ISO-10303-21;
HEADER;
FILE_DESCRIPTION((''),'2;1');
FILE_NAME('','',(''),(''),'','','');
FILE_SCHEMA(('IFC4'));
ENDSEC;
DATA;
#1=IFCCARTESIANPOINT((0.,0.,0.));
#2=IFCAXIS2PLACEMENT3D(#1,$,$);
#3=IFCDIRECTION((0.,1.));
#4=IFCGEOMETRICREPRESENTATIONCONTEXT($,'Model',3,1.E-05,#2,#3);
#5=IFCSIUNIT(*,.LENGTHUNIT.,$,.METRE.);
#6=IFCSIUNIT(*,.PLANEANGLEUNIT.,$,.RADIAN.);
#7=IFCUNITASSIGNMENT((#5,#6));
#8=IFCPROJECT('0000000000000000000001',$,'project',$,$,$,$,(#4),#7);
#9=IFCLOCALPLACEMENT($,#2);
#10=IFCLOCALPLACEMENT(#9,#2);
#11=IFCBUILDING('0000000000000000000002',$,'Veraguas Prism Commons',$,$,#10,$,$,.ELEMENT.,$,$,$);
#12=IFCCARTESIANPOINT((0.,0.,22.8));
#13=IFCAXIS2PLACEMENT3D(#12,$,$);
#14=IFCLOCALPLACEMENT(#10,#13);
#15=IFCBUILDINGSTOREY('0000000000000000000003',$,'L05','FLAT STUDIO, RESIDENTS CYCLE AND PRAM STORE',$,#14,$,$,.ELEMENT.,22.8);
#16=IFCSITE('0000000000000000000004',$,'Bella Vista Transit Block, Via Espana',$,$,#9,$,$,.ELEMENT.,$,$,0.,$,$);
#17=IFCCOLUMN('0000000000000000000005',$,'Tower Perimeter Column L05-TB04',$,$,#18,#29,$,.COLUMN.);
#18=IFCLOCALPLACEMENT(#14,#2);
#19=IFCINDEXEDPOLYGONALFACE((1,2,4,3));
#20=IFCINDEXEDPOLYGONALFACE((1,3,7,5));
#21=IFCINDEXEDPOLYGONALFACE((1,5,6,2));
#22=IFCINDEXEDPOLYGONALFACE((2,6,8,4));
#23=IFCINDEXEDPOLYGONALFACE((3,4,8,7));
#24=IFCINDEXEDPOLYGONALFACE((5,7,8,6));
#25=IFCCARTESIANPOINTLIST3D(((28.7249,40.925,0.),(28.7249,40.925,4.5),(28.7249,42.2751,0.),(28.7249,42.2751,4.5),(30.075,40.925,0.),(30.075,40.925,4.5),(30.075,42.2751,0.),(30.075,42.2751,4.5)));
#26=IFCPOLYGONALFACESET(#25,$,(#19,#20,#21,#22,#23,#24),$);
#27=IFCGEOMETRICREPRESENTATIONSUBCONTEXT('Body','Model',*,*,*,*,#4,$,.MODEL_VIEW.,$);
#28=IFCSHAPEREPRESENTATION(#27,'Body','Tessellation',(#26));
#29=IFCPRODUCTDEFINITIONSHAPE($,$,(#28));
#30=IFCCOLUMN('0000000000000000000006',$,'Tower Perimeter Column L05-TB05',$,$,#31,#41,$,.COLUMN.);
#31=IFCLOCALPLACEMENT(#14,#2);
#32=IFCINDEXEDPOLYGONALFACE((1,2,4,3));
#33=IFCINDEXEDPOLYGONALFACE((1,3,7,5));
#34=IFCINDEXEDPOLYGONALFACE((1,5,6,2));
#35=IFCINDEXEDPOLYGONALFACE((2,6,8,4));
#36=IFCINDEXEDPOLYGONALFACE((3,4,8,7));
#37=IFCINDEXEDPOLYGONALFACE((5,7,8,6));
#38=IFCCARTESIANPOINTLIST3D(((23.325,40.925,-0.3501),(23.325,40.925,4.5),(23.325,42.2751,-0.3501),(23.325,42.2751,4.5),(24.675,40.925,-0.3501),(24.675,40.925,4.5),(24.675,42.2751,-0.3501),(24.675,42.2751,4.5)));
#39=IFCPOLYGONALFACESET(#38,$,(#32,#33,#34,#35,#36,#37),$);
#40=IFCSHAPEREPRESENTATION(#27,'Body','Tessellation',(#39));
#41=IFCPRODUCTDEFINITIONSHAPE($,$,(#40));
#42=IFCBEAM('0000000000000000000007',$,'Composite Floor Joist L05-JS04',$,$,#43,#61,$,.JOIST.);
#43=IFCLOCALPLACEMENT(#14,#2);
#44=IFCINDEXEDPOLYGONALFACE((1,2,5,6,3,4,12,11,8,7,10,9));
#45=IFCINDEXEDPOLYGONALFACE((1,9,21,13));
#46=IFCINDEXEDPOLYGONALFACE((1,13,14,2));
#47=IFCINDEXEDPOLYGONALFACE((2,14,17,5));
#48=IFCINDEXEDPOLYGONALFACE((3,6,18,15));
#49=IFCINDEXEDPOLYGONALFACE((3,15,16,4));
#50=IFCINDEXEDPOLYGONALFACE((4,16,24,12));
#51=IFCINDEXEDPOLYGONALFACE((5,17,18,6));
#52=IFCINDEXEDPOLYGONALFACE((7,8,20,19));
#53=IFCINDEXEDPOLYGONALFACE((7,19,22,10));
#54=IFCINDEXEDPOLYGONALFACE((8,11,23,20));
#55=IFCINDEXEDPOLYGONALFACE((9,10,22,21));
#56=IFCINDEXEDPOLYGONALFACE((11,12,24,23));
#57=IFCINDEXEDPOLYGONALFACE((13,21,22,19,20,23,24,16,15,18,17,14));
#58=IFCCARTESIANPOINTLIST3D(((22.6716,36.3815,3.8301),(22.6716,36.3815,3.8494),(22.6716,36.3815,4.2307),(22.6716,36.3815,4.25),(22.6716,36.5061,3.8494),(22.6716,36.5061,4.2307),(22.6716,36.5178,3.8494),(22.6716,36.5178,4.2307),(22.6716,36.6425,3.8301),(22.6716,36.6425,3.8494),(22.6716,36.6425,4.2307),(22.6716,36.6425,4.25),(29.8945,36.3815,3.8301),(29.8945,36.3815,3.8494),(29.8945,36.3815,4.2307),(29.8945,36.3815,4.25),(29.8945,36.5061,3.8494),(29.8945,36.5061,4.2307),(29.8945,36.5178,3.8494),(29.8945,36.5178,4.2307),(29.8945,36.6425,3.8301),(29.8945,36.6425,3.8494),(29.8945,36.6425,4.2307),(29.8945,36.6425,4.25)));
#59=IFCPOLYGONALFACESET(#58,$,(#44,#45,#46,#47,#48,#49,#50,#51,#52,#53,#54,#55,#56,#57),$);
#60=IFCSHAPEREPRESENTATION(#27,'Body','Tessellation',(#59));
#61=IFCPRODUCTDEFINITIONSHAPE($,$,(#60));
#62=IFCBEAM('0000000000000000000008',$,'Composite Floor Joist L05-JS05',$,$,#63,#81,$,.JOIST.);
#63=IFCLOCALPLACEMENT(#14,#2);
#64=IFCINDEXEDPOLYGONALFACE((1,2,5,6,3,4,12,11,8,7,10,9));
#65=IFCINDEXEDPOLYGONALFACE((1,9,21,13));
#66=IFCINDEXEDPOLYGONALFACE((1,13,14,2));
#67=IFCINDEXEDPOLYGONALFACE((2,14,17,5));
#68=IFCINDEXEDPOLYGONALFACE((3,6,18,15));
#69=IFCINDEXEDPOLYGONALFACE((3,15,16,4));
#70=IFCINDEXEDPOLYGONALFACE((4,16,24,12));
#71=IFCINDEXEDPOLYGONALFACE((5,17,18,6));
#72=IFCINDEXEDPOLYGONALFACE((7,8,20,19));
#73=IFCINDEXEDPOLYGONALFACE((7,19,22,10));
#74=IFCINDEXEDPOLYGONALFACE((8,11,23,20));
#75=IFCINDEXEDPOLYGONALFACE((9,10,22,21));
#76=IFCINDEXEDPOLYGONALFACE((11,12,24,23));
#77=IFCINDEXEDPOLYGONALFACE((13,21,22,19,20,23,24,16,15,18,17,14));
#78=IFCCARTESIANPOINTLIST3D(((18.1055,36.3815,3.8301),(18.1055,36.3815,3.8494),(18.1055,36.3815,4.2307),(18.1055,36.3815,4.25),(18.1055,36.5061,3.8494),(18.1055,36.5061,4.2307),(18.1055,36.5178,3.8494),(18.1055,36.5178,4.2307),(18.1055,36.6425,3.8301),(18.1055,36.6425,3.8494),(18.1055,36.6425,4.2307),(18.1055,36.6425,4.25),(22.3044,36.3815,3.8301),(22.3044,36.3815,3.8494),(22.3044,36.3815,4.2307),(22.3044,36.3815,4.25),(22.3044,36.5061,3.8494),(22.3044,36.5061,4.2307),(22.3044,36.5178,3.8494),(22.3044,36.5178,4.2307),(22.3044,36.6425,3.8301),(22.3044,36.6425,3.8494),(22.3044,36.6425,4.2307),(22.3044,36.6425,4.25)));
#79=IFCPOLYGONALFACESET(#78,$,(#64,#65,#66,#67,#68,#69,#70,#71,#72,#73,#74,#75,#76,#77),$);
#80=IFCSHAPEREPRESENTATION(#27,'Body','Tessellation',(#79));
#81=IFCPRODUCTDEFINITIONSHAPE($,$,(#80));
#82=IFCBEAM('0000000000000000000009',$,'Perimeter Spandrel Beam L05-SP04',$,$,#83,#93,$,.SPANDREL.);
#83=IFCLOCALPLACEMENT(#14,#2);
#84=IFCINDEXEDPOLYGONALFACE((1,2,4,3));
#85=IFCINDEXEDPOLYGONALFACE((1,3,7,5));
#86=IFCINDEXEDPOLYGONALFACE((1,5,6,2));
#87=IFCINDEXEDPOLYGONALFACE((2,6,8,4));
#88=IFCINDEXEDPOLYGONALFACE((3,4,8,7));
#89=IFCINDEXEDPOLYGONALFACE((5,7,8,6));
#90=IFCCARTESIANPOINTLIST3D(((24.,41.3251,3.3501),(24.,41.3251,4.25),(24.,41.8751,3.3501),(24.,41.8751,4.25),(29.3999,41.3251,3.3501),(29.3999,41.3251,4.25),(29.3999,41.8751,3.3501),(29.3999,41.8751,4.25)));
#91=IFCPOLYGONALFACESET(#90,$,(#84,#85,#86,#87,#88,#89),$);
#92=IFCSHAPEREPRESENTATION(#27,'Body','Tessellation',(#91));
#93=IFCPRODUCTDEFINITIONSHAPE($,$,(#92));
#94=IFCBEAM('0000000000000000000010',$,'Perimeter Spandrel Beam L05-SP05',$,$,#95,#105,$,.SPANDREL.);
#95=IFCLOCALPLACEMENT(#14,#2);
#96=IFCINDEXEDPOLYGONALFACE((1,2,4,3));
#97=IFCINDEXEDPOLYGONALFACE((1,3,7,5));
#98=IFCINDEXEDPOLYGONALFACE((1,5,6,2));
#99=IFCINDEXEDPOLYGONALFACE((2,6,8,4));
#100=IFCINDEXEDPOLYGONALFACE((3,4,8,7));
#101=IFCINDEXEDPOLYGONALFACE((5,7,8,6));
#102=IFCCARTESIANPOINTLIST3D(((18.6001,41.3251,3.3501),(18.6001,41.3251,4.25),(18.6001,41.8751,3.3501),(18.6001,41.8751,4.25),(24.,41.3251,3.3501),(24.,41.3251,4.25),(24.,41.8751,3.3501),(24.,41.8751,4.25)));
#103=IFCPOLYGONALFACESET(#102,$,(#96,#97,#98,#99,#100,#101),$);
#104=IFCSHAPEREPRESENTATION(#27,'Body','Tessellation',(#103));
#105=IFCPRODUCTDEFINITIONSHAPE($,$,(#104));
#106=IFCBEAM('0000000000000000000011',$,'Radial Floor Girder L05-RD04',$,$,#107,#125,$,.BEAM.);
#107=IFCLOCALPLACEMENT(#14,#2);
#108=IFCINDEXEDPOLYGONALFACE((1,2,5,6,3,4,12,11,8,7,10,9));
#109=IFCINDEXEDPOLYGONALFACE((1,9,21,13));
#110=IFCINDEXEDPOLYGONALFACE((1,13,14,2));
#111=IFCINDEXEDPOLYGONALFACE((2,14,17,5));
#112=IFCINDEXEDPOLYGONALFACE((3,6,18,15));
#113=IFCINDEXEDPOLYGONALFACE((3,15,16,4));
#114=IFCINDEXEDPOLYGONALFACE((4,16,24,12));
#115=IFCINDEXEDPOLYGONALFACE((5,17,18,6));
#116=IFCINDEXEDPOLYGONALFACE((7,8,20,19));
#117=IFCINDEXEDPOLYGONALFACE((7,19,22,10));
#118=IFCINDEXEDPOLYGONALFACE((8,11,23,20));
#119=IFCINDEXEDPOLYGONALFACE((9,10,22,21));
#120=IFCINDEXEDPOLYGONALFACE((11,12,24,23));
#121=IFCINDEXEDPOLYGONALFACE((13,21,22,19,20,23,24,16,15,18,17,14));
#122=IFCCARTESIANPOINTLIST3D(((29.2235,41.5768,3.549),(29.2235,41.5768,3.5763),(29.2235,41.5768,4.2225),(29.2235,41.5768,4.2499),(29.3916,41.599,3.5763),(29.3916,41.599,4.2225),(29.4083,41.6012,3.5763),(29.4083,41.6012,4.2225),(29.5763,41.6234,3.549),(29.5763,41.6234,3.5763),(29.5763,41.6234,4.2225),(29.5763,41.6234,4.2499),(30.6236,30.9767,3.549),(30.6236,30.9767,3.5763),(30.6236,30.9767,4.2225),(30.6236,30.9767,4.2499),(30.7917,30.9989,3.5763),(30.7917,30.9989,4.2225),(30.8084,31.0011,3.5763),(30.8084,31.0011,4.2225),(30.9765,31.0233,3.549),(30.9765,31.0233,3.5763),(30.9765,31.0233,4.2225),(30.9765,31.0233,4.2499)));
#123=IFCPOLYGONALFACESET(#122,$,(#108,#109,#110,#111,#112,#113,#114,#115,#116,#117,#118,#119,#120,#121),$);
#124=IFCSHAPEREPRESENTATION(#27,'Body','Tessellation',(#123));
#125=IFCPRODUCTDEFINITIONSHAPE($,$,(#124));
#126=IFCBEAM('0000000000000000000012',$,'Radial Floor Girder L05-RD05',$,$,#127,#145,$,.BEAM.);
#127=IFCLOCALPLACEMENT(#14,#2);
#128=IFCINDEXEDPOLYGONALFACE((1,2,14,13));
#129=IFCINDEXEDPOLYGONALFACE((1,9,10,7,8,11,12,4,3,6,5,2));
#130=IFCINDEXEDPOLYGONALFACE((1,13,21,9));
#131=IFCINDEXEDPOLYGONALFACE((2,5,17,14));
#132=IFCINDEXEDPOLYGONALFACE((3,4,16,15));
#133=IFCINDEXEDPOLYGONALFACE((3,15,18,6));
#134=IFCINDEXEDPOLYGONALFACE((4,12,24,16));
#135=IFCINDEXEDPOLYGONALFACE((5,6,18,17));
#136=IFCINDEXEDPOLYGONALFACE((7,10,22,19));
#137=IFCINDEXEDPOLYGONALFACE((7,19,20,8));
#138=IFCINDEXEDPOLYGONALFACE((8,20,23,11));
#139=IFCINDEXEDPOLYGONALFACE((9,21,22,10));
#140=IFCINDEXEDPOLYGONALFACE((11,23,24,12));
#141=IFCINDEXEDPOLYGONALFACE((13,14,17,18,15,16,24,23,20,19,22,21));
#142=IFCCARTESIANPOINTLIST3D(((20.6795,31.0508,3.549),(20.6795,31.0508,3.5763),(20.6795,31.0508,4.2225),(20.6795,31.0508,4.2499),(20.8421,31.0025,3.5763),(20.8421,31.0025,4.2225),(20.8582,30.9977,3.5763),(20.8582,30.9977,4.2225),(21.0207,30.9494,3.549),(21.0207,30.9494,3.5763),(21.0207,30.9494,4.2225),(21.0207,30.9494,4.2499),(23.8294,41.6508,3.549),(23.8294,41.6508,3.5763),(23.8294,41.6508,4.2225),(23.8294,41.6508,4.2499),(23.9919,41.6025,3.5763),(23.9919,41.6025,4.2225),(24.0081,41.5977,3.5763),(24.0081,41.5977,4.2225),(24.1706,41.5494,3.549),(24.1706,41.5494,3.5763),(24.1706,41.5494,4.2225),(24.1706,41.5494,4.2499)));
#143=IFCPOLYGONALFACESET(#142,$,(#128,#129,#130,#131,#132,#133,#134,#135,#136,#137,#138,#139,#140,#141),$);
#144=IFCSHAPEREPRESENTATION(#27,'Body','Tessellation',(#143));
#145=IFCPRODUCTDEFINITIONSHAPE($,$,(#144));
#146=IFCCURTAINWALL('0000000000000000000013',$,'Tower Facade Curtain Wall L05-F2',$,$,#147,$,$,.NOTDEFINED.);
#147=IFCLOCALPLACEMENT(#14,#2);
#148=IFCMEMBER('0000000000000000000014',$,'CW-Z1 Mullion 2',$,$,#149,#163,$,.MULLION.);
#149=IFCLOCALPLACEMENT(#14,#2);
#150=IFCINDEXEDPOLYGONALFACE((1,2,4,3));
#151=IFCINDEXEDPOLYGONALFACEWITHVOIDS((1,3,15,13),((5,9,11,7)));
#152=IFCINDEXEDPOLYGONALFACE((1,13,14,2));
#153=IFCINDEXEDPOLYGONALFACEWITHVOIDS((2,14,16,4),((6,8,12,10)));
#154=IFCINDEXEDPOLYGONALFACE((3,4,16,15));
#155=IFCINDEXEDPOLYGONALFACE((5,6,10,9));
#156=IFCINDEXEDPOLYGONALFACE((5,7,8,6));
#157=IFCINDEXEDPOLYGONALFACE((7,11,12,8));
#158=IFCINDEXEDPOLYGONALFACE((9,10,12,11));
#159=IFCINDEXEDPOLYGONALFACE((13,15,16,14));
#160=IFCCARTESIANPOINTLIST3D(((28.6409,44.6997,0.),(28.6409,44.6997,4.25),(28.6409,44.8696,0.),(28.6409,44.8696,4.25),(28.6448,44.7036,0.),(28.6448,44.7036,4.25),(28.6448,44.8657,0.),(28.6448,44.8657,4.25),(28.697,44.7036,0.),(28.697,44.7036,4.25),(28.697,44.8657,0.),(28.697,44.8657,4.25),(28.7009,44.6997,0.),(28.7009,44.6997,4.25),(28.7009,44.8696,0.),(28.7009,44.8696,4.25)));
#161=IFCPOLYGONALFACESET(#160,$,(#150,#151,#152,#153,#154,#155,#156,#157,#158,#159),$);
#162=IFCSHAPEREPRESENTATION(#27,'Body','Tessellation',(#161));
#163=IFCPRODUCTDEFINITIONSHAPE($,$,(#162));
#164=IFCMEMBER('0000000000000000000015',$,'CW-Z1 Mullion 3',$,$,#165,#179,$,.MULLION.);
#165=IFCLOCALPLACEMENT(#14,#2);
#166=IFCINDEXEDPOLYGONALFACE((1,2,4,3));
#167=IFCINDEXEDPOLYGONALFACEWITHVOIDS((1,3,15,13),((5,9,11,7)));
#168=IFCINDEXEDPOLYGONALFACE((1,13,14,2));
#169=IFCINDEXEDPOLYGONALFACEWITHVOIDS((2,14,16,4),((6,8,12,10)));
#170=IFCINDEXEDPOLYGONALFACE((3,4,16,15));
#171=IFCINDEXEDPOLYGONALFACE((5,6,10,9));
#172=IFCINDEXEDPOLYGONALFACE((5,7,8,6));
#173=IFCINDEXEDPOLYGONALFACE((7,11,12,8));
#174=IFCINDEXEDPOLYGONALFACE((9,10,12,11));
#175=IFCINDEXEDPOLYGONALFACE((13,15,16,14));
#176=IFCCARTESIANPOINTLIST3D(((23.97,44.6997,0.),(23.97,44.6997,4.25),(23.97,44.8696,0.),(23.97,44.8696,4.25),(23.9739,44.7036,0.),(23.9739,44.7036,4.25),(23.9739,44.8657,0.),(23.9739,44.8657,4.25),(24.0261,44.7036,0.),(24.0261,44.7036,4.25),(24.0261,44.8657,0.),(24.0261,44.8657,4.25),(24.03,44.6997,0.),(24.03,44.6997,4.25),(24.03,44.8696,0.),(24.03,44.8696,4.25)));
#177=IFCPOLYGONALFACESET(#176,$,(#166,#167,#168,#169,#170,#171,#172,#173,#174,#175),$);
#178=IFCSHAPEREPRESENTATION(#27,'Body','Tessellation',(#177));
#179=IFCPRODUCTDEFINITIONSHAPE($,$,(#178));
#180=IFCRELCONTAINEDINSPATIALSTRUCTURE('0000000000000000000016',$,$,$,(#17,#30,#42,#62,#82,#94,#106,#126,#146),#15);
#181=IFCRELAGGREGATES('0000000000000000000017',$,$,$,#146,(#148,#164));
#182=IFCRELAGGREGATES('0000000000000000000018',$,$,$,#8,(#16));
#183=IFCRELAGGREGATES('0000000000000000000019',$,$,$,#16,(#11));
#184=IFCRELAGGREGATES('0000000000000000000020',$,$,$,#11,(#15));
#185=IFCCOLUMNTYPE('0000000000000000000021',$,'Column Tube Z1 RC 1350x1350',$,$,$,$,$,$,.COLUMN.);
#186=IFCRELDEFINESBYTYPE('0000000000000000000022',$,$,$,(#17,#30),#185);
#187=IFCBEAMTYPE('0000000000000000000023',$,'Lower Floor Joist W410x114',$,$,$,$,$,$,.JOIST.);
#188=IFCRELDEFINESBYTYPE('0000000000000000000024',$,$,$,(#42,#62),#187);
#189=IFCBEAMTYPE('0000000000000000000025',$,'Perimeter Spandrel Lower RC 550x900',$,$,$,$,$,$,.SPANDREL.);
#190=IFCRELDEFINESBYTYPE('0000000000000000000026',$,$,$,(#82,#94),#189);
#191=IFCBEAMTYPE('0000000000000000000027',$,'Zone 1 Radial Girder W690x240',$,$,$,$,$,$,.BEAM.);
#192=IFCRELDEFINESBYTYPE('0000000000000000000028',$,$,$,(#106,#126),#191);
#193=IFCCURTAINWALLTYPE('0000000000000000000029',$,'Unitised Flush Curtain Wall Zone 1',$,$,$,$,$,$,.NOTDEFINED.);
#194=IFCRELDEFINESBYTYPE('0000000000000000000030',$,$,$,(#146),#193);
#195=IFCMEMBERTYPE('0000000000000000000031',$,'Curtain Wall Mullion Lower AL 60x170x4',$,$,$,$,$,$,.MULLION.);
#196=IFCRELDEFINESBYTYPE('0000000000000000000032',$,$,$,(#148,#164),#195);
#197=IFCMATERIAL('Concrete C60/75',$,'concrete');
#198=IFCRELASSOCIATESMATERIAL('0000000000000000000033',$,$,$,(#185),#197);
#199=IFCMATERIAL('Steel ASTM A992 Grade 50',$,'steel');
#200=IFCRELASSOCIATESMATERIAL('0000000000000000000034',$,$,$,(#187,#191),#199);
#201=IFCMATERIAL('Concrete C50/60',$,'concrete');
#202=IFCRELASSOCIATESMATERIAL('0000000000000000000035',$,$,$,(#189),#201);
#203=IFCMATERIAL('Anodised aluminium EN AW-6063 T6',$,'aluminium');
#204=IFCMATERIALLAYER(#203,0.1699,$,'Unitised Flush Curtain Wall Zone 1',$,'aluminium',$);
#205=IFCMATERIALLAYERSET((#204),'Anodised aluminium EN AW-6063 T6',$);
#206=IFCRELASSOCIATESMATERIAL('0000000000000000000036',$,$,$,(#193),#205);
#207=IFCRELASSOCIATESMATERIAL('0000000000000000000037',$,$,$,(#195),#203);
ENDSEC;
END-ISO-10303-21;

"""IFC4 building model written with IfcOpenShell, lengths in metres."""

from ifc_helpers import new_model, si_unit, direction, frame, origin, origin_2d, place, context, subcontext, project, spatial, rectangle, hollow_rectangle, i_section, extrude, source, transform, mapped, material, layer, layer_set, material_profile, profile_set, type_object, element, aggregate, save


model = new_model("IFC4")

# Units and contexts
model_context = context("Model", 3, precision=1e-05, world=origin(), true_north=direction((0.0, 1.0)))
body_context = subcontext(model_context, "Body", "Model", "MODEL_VIEW")
ifc_project = project(units=[si_unit("LENGTHUNIT", "METRE"), si_unit("PLANEANGLEUNIT", "RADIAN")], contexts=[model_context])

# Site, building, storey
site_placement = place(None, origin())
site = spatial("IfcSite", under=ifc_project, at=site_placement, Name="Bella Vista Transit Block, Via Espana", CompositionType="ELEMENT", RefElevation=0.0)
building_placement = place(site_placement, origin())
building = spatial("IfcBuilding", under=site, at=building_placement, Name="Veraguas Prism Commons", CompositionType="ELEMENT")
storey_placement = place(building_placement, frame((0.0, 0.0, 22.8)))
storey = spatial("IfcBuildingStorey", under=building, at=storey_placement, Name="L05", Description="FLAT STUDIO, RESIDENTS CYCLE AND PRAM STORE", CompositionType="ELEMENT", Elevation=22.8)

# Columns
ifc_material_1 = material(Name="Concrete C60/75", Category="concrete")
ifc_material_profile_1 = material_profile(ifc_material_1, rectangle(XDim=1.3501, YDim=1.3501, at=origin_2d()), Name="RC1350X1350")
ifc_profile_set_1 = profile_set([ifc_material_profile_1], Name="Concrete C60/75")
column_type = type_object("IfcColumnType", Name="Column Tube Z1 RC 1350x1350", PredefinedType="COLUMN", material=ifc_profile_set_1)
column_1_placement = place(storey_placement, frame((29.3999, 41.6001, 0.0), z_axis=(0.0, 0.0, 1.0), x_axis=(1.0, 0.0, 0.0)))
element("IfcColumn", 1, at=column_1_placement, inside=storey, type_object=column_type, Name="Tower Perimeter Column L05-TB04", PredefinedType="COLUMN", context=body_context, shape_type="SweptSolid", body=[
    extrude(rectangle(XDim=1.3501, YDim=1.3501, at=origin_2d()), origin(), (0.0, 0.0, 1.0), 4.5),
])
column_2_placement = place(storey_placement, frame((24.0, 41.6001, -0.3501), z_axis=(0.0, 0.0, 1.0), x_axis=(1.0, 0.0, 0.0)))
element("IfcColumn", 2, at=column_2_placement, inside=storey, type_object=column_type, Name="Tower Perimeter Column L05-TB05", PredefinedType="COLUMN", context=body_context, shape_type="SweptSolid", body=[
    extrude(rectangle(XDim=1.3501, YDim=1.3501, at=origin_2d()), origin(), (0.0, 0.0, 1.0), 4.8501),
])

# Beams
ifc_material_2 = material(Name="Steel ASTM A992 Grade 50", Category="steel")
ifc_material_profile_2 = material_profile(ifc_material_2, i_section(OverallWidth=0.261, OverallDepth=0.4199, WebThickness=0.0117, FlangeThickness=0.0193, at=origin_2d()), Name="W410X114")
ifc_profile_set_2 = profile_set([ifc_material_profile_2], Name="Steel ASTM A992 Grade 50")
beam_type_1 = type_object("IfcBeamType", Name="Lower Floor Joist W410x114", PredefinedType="JOIST", material=ifc_profile_set_2)
beam_1_placement = place(storey_placement, frame((29.8945, 36.512, 4.04), z_axis=(-1.0, 0.0, 0.0), x_axis=(0.0, -1.0, 0.0)))
element("IfcBeam", 3, at=beam_1_placement, inside=storey, type_object=beam_type_1, Name="Composite Floor Joist L05-JS04", PredefinedType="JOIST", context=body_context, shape_type="SweptSolid", body=[
    extrude(i_section(OverallWidth=0.261, OverallDepth=0.4199, WebThickness=0.0117, FlangeThickness=0.0193, at=origin_2d()), origin(), (0.0, 0.0, 1.0), 7.2229),
])
beam_2_placement = place(storey_placement, frame((22.3044, 36.512, 4.04), z_axis=(-1.0, 0.0, 0.0), x_axis=(0.0, -1.0, 0.0)))
element("IfcBeam", 4, at=beam_2_placement, inside=storey, type_object=beam_type_1, Name="Composite Floor Joist L05-JS05", PredefinedType="JOIST", context=body_context, shape_type="SweptSolid", body=[
    extrude(i_section(OverallWidth=0.261, OverallDepth=0.4199, WebThickness=0.0117, FlangeThickness=0.0193, at=origin_2d()), origin(), (0.0, 0.0, 1.0), 4.199),
])
ifc_material_3 = material(Name="Concrete C50/60", Category="concrete")
ifc_material_profile_3 = material_profile(ifc_material_3, rectangle(XDim=0.55, YDim=0.8999, at=origin_2d()), Name="RC550X900")
ifc_profile_set_3 = profile_set([ifc_material_profile_3], Name="Concrete C50/60")
beam_type_2 = type_object("IfcBeamType", Name="Perimeter Spandrel Lower RC 550x900", PredefinedType="SPANDREL", material=ifc_profile_set_3)
for number, where, z_axis, x_axis, name in (
    (5, (29.3999, 41.6001, 3.8), (-1.0, 0.0, 0.0), (0.0, -1.0, 0.0), "Perimeter Spandrel Beam L05-SP04"),
    (6, (24.0, 41.6001, 3.8), (-1.0, 0.0, 0.0), (0.0, -1.0, 0.0), "Perimeter Spandrel Beam L05-SP05"),
):
    element("IfcBeam", number, at=place(storey_placement, frame(where, z_axis=z_axis, x_axis=x_axis)), inside=storey, type_object=beam_type_2, Name=name, PredefinedType="SPANDREL", context=body_context, shape_type="SweptSolid", body=[
        extrude(rectangle(XDim=0.55, YDim=0.8999, at=origin_2d()), origin(), (0.0, 0.0, 1.0), 5.3999),
    ])
ifc_material_profile_4 = material_profile(ifc_material_2, i_section(OverallWidth=0.356, OverallDepth=0.7009, WebThickness=0.0168, FlangeThickness=0.0273, at=origin_2d()), Name="W690X240")
ifc_profile_set_4 = profile_set([ifc_material_profile_4], Name="Steel ASTM A992 Grade 50")
beam_type_3 = type_object("IfcBeamType", Name="Zone 1 Radial Girder W690x240", PredefinedType="BEAM", material=ifc_profile_set_4)
beam_3_placement = place(storey_placement, frame((29.3999, 41.6001, 3.8994), z_axis=(0.130951, -0.991389, 0.0), x_axis=(0.991389, 0.130951, 0.0)))
element("IfcBeam", 7, at=beam_3_placement, inside=storey, type_object=beam_type_3, Name="Radial Floor Girder L05-RD04", PredefinedType="BEAM", context=body_context, shape_type="SweptSolid", body=[
    extrude(i_section(OverallWidth=0.356, OverallDepth=0.7009, WebThickness=0.0168, FlangeThickness=0.0273, at=origin_2d()), origin(), (0.0, 0.0, 1.0), 10.6921),
])
beam_4_placement = place(storey_placement, frame((24.0, 41.6001, 3.8994), z_axis=(-0.284847, -0.958573, 0.0), x_axis=(0.958573, -0.284847, 0.0)))
element("IfcBeam", 8, at=beam_4_placement, inside=storey, type_object=beam_type_3, Name="Radial Floor Girder L05-RD05", PredefinedType="BEAM", context=body_context, shape_type="SweptSolid", body=[
    extrude(i_section(OverallWidth=0.356, OverallDepth=0.7009, WebThickness=0.0168, FlangeThickness=0.0273, at=origin_2d()), origin(), (0.0, 0.0, 1.0), 11.0581),
])

# Curtain wall, members
ifc_material_4 = material(Name="Anodised aluminium EN AW-6063 T6", Category="aluminium")
ifc_layer_1 = layer(ifc_material_4, 0.1699, Name="Unitised Flush Curtain Wall Zone 1", Category="aluminium")
ifc_layer_set_1 = layer_set([ifc_layer_1], Name="Anodised aluminium EN AW-6063 T6")
curtain_wall_type = type_object("IfcCurtainWallType", Name="Unitised Flush Curtain Wall Zone 1", PredefinedType="NOTDEFINED", material=ifc_layer_set_1)
curtain_wall_placement = place(storey_placement, origin())
curtain_wall = element("IfcCurtainWall", 9, at=curtain_wall_placement, inside=storey, type_object=curtain_wall_type, Name="Tower Facade Curtain Wall L05-F2", PredefinedType="NOTDEFINED")
ifc_material_profile_5 = material_profile(ifc_material_4, hollow_rectangle(XDim=0.0601, YDim=0.1699, WallThickness=0.0039, at=origin_2d()), Name="AL60X170X4")
ifc_profile_set_5 = profile_set([ifc_material_profile_5], Name="Anodised aluminium EN AW-6063 T6")
member_type = type_object("IfcMemberType", Name="Curtain Wall Mullion Lower AL 60x170x4", PredefinedType="MULLION", material=ifc_profile_set_5)
shared_shape_1 = source(origin(), body_context, "Body", "SweptSolid", [
    extrude(hollow_rectangle(XDim=0.0601, YDim=0.1699, WallThickness=0.0039, at=origin_2d()), origin(), (0.0, 0.0, 1.0), 4.25),
])
member_1_placement = place(storey_placement, frame((28.6709, 44.7847, 0.0), z_axis=(0.0, 0.0, 1.0), x_axis=(-1.0, 0.0, 0.0)))
member_1 = element("IfcMember", 10, at=member_1_placement, type_object=member_type, Name="CW-Z1 Mullion 2", PredefinedType="MULLION", context=body_context, shape_type="MappedRepresentation", body=[
    mapped(shared_shape_1, transform((0.0, 0.0, 0.0), scale=1.0)),
])
member_2_placement = place(storey_placement, frame((24.0, 44.7847, 0.0), z_axis=(0.0, 0.0, 1.0), x_axis=(-1.0, 0.0, 0.0)))
member_2 = element("IfcMember", 11, at=member_2_placement, type_object=member_type, Name="CW-Z1 Mullion 3", PredefinedType="MULLION", context=body_context, shape_type="MappedRepresentation", body=[
    mapped(shared_shape_1, transform((0.0, 0.0, 0.0), scale=1.0)),
])
aggregate(curtain_wall, [member_1, member_2])

save(model, "model.ifc")
